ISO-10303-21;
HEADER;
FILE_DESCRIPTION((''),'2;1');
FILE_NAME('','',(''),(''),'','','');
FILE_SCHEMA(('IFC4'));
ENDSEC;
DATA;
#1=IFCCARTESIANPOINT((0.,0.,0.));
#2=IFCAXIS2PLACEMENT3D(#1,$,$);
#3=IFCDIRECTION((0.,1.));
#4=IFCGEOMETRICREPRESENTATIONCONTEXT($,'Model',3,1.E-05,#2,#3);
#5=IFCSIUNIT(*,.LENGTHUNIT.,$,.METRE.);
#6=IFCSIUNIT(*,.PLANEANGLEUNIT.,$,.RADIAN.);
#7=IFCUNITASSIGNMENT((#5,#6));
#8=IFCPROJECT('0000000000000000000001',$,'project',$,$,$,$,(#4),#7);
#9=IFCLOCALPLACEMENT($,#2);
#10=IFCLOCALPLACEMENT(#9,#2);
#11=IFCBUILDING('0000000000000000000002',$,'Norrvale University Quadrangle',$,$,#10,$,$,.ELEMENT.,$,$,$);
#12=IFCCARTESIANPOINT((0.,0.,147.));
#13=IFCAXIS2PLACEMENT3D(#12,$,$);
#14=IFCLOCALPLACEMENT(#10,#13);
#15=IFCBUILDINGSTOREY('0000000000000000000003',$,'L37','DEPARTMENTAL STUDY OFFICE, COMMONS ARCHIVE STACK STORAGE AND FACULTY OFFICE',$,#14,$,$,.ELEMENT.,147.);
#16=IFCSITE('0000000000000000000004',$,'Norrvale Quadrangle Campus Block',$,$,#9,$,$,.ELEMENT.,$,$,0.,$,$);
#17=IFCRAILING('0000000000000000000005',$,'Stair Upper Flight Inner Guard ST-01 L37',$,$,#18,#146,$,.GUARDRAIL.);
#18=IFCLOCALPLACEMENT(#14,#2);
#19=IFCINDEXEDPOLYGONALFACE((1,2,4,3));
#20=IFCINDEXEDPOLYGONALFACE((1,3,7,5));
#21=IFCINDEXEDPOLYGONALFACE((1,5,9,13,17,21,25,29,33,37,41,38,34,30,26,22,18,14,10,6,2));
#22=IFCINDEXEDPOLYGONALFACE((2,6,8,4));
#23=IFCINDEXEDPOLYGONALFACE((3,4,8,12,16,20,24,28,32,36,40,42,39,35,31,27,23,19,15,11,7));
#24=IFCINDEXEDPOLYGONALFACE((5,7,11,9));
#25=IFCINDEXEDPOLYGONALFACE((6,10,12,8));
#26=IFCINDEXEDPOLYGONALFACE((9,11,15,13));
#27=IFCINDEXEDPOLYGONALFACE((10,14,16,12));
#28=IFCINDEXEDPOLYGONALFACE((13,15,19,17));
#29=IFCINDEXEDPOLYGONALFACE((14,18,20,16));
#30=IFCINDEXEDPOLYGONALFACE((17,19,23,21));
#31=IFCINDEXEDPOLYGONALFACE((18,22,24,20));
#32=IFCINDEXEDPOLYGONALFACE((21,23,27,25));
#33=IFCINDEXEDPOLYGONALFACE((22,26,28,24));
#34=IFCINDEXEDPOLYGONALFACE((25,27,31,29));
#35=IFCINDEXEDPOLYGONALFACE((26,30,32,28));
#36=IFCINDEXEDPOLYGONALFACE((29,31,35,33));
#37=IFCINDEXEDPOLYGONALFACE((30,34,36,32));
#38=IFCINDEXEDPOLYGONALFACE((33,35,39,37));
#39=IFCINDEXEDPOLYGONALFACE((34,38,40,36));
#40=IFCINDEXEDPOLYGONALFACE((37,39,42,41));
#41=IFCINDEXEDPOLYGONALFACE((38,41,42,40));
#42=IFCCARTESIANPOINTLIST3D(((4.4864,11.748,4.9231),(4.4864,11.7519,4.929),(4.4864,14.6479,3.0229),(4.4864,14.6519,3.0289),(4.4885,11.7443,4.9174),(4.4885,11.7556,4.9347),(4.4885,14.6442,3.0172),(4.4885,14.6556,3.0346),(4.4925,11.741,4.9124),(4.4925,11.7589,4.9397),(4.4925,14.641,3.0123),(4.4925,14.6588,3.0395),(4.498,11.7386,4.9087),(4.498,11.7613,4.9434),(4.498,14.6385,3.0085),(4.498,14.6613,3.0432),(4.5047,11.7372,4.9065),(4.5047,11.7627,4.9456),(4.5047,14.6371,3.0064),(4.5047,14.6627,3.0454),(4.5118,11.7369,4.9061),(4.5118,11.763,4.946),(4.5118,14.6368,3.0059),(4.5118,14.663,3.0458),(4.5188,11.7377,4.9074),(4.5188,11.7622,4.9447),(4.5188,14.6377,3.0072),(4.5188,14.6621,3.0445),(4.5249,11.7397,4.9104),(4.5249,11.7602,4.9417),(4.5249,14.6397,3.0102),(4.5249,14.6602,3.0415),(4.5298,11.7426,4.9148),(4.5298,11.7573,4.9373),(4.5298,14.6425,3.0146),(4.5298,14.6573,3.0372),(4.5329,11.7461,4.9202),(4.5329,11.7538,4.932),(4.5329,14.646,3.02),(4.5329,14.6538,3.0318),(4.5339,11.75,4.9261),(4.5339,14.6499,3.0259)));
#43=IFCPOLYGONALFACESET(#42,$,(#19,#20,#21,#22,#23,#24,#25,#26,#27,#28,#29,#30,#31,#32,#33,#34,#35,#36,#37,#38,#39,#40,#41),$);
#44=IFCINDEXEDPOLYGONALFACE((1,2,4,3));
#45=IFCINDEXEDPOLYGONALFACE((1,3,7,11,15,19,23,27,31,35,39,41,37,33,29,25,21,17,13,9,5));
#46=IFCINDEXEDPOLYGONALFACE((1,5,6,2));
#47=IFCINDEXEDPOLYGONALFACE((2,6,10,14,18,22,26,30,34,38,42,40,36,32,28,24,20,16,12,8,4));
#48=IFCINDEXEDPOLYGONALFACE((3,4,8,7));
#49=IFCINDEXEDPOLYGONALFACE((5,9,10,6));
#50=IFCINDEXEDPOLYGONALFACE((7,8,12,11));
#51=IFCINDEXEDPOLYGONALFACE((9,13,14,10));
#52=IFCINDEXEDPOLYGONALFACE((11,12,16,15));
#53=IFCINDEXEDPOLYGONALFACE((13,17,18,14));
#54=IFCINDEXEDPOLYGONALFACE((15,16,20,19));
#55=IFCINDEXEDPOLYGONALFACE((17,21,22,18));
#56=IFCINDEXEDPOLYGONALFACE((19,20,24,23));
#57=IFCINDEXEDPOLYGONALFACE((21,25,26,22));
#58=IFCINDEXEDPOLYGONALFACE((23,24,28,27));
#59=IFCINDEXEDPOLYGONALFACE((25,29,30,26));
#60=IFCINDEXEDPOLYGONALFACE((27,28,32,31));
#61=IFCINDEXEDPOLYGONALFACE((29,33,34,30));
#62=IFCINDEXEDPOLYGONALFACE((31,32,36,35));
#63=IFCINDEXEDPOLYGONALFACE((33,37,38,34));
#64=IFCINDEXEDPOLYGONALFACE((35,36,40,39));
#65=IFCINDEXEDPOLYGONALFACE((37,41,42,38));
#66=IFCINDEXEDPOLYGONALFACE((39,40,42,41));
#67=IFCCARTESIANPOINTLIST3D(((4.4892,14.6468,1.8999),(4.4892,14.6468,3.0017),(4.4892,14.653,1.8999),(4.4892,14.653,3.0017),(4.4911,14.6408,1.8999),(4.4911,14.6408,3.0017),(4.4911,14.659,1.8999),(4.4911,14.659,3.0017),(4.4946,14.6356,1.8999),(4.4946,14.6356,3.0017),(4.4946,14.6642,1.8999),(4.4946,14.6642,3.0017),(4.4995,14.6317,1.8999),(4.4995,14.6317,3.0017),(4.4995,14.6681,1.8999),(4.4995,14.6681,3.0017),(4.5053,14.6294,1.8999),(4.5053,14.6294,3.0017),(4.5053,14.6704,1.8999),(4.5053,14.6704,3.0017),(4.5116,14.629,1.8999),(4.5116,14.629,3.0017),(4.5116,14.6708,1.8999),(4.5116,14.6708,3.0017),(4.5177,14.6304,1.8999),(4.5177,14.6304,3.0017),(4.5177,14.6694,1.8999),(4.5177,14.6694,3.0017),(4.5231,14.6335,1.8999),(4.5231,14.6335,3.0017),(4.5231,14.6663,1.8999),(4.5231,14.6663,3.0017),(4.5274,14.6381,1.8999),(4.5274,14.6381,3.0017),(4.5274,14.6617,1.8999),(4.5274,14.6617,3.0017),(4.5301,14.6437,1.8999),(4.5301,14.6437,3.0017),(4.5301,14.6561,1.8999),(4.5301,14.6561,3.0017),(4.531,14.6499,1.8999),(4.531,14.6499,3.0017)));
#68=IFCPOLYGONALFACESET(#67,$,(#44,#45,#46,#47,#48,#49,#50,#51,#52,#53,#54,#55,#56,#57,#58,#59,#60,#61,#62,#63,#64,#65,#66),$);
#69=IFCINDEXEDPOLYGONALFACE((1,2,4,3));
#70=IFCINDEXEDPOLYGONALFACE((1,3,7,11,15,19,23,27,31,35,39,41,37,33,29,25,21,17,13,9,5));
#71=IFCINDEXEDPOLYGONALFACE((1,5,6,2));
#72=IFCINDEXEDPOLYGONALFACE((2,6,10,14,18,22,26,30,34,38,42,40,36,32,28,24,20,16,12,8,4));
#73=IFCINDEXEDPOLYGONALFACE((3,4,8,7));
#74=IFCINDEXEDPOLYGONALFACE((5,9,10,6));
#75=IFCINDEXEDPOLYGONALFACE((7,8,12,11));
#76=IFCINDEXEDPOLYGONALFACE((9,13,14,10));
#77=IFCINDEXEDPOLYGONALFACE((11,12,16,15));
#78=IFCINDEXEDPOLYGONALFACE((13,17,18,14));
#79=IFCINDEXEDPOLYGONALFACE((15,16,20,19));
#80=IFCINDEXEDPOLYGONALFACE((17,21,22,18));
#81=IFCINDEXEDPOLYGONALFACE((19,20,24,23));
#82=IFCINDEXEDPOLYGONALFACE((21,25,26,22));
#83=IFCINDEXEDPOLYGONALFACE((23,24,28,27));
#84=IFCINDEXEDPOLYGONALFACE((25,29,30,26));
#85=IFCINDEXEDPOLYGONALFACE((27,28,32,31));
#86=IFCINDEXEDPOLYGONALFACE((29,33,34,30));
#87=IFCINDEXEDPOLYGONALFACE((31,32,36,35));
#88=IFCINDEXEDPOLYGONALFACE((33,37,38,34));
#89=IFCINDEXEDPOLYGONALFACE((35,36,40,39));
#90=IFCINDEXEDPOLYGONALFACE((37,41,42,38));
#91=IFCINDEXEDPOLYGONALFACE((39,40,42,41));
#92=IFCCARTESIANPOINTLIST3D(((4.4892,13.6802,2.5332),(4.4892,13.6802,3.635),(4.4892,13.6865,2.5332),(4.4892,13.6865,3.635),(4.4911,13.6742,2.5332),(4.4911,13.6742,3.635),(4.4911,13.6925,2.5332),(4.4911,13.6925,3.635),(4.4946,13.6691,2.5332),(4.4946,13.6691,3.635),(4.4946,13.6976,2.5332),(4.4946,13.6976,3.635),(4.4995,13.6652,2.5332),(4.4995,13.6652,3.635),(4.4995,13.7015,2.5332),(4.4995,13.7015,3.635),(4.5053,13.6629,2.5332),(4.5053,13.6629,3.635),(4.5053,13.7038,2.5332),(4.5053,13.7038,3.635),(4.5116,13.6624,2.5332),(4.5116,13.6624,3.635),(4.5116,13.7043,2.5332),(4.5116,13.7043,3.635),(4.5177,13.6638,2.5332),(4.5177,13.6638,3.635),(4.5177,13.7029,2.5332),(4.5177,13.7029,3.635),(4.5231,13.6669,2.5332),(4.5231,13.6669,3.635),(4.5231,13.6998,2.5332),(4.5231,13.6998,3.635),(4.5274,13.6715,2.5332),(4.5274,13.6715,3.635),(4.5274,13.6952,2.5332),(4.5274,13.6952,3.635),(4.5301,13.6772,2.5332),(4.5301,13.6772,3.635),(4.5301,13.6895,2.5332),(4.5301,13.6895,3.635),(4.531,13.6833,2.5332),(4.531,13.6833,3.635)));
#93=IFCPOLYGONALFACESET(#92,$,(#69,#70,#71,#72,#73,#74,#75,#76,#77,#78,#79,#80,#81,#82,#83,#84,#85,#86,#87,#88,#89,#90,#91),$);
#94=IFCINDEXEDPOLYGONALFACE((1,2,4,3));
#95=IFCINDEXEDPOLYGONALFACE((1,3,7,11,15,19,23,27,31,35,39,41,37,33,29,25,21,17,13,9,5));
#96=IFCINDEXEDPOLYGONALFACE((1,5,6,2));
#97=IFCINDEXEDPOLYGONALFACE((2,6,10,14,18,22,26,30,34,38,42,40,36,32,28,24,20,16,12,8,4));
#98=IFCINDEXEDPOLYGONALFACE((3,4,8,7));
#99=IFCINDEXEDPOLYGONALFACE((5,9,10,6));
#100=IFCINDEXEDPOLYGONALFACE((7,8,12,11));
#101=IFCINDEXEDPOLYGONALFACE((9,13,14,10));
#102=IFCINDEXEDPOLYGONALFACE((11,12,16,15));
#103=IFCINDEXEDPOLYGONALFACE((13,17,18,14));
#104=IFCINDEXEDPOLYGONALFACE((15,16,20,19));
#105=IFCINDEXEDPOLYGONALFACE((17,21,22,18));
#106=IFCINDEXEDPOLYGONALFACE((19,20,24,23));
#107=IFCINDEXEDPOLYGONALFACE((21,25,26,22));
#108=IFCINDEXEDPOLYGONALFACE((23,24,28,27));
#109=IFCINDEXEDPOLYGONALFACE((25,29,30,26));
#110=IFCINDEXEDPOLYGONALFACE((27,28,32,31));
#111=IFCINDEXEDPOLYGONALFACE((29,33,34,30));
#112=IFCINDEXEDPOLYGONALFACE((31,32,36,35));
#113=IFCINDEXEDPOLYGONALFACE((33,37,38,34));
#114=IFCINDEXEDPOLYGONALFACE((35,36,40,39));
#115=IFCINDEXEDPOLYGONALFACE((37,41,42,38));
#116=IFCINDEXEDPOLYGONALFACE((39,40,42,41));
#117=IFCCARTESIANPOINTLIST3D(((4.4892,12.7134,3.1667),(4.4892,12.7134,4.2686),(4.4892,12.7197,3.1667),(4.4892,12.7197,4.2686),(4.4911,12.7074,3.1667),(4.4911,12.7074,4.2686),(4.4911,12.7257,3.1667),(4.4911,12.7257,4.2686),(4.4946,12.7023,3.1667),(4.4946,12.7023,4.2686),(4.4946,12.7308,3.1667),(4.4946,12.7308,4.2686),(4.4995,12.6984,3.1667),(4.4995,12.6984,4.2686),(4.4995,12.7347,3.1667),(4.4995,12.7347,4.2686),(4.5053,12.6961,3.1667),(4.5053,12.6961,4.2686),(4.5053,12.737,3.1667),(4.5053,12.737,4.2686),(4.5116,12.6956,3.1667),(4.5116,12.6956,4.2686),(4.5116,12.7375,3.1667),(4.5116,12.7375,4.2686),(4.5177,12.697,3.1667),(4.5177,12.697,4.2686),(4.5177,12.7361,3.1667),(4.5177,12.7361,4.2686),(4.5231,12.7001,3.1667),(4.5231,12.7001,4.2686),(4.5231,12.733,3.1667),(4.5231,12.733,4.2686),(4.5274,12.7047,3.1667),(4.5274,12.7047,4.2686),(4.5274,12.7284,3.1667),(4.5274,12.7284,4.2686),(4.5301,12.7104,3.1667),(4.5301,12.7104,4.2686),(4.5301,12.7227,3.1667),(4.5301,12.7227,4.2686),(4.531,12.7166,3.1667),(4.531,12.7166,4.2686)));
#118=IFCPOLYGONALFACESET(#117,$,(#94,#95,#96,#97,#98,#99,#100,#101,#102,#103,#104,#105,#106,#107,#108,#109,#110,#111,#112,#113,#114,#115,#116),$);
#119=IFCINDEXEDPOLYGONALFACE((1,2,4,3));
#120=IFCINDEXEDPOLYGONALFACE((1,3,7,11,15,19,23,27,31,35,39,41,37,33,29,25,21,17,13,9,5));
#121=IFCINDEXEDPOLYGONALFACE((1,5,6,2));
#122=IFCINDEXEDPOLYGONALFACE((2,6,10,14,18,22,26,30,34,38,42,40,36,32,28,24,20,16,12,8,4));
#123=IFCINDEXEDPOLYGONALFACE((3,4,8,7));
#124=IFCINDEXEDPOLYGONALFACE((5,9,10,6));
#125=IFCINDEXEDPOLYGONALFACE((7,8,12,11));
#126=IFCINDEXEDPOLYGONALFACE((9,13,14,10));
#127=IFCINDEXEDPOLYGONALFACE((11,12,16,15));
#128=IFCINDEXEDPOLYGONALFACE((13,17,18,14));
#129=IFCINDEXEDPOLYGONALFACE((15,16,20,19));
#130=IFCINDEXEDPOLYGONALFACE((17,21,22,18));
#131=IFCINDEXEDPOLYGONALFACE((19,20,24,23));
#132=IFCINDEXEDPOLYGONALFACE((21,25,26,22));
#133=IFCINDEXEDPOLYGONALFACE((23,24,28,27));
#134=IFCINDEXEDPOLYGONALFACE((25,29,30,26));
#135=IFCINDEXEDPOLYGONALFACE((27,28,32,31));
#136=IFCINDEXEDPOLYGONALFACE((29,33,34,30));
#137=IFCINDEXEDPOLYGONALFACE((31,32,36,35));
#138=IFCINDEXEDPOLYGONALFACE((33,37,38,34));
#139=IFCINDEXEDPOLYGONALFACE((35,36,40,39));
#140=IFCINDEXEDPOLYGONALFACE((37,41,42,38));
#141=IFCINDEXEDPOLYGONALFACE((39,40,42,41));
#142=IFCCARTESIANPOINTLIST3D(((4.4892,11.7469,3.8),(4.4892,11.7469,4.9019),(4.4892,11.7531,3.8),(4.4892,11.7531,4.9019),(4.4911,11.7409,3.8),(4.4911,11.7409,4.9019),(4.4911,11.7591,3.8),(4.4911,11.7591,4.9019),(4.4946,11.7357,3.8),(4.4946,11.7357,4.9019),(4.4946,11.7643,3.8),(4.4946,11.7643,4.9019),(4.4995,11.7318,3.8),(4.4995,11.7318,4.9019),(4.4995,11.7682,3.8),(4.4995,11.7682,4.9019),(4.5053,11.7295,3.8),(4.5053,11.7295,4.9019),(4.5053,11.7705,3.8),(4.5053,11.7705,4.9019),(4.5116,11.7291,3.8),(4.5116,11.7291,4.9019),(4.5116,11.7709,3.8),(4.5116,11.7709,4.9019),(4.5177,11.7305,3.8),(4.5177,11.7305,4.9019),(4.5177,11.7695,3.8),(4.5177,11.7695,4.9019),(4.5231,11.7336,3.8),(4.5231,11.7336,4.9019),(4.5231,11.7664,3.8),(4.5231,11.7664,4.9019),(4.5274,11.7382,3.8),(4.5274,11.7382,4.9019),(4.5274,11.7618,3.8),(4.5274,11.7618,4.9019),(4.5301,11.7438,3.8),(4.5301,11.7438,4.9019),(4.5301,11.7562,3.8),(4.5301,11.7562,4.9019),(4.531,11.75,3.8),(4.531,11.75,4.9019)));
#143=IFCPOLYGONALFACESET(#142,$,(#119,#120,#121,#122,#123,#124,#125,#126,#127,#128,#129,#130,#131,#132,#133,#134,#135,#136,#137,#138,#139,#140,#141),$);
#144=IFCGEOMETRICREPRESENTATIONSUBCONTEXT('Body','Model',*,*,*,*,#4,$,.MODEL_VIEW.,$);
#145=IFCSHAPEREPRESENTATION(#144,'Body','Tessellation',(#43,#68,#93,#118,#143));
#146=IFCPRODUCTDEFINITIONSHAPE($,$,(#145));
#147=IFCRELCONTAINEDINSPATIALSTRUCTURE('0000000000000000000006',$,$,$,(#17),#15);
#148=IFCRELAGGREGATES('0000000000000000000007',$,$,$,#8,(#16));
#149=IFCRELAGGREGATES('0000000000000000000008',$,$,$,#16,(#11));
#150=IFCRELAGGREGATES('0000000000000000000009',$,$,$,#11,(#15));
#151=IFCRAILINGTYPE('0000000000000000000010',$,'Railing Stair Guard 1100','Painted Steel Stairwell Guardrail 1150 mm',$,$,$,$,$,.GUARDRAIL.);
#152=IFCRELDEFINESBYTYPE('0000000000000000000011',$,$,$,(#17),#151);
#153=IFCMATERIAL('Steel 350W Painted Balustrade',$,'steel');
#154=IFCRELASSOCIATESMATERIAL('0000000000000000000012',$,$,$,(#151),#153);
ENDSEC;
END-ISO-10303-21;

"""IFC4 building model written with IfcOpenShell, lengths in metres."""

from ifc_helpers import new_model, si_unit, direction, frame, origin, origin_2d, place, context, subcontext, project, spatial, circle, extrude, material, type_object, element, save


model = new_model("IFC4")

# Units and contexts
model_context = context("Model", 3, precision=1e-05, world=origin(), true_north=direction((0.0, 1.0)))
body_context = subcontext(model_context, "Body", "Model", "MODEL_VIEW")
ifc_project = project(units=[si_unit("LENGTHUNIT", "METRE"), si_unit("PLANEANGLEUNIT", "RADIAN")], contexts=[model_context])

# Site, building, storey
site_placement = place(None, origin())
site = spatial("IfcSite", under=ifc_project, at=site_placement, Name="Norrvale Quadrangle Campus Block", CompositionType="ELEMENT", RefElevation=0.0)
building_placement = place(site_placement, origin())
building = spatial("IfcBuilding", under=site, at=building_placement, Name="Norrvale University Quadrangle", CompositionType="ELEMENT")
storey_placement = place(building_placement, frame((0.0, 0.0, 147.0)))
storey = spatial("IfcBuildingStorey", under=building, at=storey_placement, Name="L37", Description="DEPARTMENTAL STUDY OFFICE, COMMONS ARCHIVE STACK STORAGE AND FACULTY OFFICE", CompositionType="ELEMENT", Elevation=147.0)

# Railing
ifc_material_1 = material(Name="Steel 350W Painted Balustrade", Category="steel")
railing_type_1 = type_object("IfcRailingType", Name="Railing Stair Guard 1100", Description="Painted Steel Stairwell Guardrail 1150 mm", PredefinedType="GUARDRAIL", material=ifc_material_1)
railing_1_placement = place(storey_placement, frame((4.51, 14.6499, 1.8999)))
element("IfcRailing", 1, at=railing_1_placement, inside=storey, type_object=railing_type_1, Name="Stair Upper Flight Inner Guard ST-01 L37", PredefinedType="GUARDRAIL", context=body_context, shape_type="SweptSolid", body=[
    extrude(circle(Radius=0.0239, at=origin_2d()), frame((0.0, 0.0, 1.126), z_axis=(0.0, -0.836433, 0.548069), x_axis=(1.0, 0.0, 0.0)), (0.0, 0.0, 1.0), 3.467),
    extrude(circle(Radius=0.021, at=origin_2d()), origin(), (0.0, 0.0, 1.0), 1.1018),
    extrude(circle(Radius=0.021, at=origin_2d()), frame((0.0, -0.9666, 0.6333)), (0.0, 0.0, 1.0), 1.1018),
    extrude(circle(Radius=0.021, at=origin_2d()), frame((0.0, -1.9333, 1.2668)), (0.0, 0.0, 1.0), 1.1018),
    extrude(circle(Radius=0.021, at=origin_2d()), frame((0.0, -2.8999, 1.9001)), (0.0, 0.0, 1.0), 1.1018),
])

save(model, "model.ifc")
